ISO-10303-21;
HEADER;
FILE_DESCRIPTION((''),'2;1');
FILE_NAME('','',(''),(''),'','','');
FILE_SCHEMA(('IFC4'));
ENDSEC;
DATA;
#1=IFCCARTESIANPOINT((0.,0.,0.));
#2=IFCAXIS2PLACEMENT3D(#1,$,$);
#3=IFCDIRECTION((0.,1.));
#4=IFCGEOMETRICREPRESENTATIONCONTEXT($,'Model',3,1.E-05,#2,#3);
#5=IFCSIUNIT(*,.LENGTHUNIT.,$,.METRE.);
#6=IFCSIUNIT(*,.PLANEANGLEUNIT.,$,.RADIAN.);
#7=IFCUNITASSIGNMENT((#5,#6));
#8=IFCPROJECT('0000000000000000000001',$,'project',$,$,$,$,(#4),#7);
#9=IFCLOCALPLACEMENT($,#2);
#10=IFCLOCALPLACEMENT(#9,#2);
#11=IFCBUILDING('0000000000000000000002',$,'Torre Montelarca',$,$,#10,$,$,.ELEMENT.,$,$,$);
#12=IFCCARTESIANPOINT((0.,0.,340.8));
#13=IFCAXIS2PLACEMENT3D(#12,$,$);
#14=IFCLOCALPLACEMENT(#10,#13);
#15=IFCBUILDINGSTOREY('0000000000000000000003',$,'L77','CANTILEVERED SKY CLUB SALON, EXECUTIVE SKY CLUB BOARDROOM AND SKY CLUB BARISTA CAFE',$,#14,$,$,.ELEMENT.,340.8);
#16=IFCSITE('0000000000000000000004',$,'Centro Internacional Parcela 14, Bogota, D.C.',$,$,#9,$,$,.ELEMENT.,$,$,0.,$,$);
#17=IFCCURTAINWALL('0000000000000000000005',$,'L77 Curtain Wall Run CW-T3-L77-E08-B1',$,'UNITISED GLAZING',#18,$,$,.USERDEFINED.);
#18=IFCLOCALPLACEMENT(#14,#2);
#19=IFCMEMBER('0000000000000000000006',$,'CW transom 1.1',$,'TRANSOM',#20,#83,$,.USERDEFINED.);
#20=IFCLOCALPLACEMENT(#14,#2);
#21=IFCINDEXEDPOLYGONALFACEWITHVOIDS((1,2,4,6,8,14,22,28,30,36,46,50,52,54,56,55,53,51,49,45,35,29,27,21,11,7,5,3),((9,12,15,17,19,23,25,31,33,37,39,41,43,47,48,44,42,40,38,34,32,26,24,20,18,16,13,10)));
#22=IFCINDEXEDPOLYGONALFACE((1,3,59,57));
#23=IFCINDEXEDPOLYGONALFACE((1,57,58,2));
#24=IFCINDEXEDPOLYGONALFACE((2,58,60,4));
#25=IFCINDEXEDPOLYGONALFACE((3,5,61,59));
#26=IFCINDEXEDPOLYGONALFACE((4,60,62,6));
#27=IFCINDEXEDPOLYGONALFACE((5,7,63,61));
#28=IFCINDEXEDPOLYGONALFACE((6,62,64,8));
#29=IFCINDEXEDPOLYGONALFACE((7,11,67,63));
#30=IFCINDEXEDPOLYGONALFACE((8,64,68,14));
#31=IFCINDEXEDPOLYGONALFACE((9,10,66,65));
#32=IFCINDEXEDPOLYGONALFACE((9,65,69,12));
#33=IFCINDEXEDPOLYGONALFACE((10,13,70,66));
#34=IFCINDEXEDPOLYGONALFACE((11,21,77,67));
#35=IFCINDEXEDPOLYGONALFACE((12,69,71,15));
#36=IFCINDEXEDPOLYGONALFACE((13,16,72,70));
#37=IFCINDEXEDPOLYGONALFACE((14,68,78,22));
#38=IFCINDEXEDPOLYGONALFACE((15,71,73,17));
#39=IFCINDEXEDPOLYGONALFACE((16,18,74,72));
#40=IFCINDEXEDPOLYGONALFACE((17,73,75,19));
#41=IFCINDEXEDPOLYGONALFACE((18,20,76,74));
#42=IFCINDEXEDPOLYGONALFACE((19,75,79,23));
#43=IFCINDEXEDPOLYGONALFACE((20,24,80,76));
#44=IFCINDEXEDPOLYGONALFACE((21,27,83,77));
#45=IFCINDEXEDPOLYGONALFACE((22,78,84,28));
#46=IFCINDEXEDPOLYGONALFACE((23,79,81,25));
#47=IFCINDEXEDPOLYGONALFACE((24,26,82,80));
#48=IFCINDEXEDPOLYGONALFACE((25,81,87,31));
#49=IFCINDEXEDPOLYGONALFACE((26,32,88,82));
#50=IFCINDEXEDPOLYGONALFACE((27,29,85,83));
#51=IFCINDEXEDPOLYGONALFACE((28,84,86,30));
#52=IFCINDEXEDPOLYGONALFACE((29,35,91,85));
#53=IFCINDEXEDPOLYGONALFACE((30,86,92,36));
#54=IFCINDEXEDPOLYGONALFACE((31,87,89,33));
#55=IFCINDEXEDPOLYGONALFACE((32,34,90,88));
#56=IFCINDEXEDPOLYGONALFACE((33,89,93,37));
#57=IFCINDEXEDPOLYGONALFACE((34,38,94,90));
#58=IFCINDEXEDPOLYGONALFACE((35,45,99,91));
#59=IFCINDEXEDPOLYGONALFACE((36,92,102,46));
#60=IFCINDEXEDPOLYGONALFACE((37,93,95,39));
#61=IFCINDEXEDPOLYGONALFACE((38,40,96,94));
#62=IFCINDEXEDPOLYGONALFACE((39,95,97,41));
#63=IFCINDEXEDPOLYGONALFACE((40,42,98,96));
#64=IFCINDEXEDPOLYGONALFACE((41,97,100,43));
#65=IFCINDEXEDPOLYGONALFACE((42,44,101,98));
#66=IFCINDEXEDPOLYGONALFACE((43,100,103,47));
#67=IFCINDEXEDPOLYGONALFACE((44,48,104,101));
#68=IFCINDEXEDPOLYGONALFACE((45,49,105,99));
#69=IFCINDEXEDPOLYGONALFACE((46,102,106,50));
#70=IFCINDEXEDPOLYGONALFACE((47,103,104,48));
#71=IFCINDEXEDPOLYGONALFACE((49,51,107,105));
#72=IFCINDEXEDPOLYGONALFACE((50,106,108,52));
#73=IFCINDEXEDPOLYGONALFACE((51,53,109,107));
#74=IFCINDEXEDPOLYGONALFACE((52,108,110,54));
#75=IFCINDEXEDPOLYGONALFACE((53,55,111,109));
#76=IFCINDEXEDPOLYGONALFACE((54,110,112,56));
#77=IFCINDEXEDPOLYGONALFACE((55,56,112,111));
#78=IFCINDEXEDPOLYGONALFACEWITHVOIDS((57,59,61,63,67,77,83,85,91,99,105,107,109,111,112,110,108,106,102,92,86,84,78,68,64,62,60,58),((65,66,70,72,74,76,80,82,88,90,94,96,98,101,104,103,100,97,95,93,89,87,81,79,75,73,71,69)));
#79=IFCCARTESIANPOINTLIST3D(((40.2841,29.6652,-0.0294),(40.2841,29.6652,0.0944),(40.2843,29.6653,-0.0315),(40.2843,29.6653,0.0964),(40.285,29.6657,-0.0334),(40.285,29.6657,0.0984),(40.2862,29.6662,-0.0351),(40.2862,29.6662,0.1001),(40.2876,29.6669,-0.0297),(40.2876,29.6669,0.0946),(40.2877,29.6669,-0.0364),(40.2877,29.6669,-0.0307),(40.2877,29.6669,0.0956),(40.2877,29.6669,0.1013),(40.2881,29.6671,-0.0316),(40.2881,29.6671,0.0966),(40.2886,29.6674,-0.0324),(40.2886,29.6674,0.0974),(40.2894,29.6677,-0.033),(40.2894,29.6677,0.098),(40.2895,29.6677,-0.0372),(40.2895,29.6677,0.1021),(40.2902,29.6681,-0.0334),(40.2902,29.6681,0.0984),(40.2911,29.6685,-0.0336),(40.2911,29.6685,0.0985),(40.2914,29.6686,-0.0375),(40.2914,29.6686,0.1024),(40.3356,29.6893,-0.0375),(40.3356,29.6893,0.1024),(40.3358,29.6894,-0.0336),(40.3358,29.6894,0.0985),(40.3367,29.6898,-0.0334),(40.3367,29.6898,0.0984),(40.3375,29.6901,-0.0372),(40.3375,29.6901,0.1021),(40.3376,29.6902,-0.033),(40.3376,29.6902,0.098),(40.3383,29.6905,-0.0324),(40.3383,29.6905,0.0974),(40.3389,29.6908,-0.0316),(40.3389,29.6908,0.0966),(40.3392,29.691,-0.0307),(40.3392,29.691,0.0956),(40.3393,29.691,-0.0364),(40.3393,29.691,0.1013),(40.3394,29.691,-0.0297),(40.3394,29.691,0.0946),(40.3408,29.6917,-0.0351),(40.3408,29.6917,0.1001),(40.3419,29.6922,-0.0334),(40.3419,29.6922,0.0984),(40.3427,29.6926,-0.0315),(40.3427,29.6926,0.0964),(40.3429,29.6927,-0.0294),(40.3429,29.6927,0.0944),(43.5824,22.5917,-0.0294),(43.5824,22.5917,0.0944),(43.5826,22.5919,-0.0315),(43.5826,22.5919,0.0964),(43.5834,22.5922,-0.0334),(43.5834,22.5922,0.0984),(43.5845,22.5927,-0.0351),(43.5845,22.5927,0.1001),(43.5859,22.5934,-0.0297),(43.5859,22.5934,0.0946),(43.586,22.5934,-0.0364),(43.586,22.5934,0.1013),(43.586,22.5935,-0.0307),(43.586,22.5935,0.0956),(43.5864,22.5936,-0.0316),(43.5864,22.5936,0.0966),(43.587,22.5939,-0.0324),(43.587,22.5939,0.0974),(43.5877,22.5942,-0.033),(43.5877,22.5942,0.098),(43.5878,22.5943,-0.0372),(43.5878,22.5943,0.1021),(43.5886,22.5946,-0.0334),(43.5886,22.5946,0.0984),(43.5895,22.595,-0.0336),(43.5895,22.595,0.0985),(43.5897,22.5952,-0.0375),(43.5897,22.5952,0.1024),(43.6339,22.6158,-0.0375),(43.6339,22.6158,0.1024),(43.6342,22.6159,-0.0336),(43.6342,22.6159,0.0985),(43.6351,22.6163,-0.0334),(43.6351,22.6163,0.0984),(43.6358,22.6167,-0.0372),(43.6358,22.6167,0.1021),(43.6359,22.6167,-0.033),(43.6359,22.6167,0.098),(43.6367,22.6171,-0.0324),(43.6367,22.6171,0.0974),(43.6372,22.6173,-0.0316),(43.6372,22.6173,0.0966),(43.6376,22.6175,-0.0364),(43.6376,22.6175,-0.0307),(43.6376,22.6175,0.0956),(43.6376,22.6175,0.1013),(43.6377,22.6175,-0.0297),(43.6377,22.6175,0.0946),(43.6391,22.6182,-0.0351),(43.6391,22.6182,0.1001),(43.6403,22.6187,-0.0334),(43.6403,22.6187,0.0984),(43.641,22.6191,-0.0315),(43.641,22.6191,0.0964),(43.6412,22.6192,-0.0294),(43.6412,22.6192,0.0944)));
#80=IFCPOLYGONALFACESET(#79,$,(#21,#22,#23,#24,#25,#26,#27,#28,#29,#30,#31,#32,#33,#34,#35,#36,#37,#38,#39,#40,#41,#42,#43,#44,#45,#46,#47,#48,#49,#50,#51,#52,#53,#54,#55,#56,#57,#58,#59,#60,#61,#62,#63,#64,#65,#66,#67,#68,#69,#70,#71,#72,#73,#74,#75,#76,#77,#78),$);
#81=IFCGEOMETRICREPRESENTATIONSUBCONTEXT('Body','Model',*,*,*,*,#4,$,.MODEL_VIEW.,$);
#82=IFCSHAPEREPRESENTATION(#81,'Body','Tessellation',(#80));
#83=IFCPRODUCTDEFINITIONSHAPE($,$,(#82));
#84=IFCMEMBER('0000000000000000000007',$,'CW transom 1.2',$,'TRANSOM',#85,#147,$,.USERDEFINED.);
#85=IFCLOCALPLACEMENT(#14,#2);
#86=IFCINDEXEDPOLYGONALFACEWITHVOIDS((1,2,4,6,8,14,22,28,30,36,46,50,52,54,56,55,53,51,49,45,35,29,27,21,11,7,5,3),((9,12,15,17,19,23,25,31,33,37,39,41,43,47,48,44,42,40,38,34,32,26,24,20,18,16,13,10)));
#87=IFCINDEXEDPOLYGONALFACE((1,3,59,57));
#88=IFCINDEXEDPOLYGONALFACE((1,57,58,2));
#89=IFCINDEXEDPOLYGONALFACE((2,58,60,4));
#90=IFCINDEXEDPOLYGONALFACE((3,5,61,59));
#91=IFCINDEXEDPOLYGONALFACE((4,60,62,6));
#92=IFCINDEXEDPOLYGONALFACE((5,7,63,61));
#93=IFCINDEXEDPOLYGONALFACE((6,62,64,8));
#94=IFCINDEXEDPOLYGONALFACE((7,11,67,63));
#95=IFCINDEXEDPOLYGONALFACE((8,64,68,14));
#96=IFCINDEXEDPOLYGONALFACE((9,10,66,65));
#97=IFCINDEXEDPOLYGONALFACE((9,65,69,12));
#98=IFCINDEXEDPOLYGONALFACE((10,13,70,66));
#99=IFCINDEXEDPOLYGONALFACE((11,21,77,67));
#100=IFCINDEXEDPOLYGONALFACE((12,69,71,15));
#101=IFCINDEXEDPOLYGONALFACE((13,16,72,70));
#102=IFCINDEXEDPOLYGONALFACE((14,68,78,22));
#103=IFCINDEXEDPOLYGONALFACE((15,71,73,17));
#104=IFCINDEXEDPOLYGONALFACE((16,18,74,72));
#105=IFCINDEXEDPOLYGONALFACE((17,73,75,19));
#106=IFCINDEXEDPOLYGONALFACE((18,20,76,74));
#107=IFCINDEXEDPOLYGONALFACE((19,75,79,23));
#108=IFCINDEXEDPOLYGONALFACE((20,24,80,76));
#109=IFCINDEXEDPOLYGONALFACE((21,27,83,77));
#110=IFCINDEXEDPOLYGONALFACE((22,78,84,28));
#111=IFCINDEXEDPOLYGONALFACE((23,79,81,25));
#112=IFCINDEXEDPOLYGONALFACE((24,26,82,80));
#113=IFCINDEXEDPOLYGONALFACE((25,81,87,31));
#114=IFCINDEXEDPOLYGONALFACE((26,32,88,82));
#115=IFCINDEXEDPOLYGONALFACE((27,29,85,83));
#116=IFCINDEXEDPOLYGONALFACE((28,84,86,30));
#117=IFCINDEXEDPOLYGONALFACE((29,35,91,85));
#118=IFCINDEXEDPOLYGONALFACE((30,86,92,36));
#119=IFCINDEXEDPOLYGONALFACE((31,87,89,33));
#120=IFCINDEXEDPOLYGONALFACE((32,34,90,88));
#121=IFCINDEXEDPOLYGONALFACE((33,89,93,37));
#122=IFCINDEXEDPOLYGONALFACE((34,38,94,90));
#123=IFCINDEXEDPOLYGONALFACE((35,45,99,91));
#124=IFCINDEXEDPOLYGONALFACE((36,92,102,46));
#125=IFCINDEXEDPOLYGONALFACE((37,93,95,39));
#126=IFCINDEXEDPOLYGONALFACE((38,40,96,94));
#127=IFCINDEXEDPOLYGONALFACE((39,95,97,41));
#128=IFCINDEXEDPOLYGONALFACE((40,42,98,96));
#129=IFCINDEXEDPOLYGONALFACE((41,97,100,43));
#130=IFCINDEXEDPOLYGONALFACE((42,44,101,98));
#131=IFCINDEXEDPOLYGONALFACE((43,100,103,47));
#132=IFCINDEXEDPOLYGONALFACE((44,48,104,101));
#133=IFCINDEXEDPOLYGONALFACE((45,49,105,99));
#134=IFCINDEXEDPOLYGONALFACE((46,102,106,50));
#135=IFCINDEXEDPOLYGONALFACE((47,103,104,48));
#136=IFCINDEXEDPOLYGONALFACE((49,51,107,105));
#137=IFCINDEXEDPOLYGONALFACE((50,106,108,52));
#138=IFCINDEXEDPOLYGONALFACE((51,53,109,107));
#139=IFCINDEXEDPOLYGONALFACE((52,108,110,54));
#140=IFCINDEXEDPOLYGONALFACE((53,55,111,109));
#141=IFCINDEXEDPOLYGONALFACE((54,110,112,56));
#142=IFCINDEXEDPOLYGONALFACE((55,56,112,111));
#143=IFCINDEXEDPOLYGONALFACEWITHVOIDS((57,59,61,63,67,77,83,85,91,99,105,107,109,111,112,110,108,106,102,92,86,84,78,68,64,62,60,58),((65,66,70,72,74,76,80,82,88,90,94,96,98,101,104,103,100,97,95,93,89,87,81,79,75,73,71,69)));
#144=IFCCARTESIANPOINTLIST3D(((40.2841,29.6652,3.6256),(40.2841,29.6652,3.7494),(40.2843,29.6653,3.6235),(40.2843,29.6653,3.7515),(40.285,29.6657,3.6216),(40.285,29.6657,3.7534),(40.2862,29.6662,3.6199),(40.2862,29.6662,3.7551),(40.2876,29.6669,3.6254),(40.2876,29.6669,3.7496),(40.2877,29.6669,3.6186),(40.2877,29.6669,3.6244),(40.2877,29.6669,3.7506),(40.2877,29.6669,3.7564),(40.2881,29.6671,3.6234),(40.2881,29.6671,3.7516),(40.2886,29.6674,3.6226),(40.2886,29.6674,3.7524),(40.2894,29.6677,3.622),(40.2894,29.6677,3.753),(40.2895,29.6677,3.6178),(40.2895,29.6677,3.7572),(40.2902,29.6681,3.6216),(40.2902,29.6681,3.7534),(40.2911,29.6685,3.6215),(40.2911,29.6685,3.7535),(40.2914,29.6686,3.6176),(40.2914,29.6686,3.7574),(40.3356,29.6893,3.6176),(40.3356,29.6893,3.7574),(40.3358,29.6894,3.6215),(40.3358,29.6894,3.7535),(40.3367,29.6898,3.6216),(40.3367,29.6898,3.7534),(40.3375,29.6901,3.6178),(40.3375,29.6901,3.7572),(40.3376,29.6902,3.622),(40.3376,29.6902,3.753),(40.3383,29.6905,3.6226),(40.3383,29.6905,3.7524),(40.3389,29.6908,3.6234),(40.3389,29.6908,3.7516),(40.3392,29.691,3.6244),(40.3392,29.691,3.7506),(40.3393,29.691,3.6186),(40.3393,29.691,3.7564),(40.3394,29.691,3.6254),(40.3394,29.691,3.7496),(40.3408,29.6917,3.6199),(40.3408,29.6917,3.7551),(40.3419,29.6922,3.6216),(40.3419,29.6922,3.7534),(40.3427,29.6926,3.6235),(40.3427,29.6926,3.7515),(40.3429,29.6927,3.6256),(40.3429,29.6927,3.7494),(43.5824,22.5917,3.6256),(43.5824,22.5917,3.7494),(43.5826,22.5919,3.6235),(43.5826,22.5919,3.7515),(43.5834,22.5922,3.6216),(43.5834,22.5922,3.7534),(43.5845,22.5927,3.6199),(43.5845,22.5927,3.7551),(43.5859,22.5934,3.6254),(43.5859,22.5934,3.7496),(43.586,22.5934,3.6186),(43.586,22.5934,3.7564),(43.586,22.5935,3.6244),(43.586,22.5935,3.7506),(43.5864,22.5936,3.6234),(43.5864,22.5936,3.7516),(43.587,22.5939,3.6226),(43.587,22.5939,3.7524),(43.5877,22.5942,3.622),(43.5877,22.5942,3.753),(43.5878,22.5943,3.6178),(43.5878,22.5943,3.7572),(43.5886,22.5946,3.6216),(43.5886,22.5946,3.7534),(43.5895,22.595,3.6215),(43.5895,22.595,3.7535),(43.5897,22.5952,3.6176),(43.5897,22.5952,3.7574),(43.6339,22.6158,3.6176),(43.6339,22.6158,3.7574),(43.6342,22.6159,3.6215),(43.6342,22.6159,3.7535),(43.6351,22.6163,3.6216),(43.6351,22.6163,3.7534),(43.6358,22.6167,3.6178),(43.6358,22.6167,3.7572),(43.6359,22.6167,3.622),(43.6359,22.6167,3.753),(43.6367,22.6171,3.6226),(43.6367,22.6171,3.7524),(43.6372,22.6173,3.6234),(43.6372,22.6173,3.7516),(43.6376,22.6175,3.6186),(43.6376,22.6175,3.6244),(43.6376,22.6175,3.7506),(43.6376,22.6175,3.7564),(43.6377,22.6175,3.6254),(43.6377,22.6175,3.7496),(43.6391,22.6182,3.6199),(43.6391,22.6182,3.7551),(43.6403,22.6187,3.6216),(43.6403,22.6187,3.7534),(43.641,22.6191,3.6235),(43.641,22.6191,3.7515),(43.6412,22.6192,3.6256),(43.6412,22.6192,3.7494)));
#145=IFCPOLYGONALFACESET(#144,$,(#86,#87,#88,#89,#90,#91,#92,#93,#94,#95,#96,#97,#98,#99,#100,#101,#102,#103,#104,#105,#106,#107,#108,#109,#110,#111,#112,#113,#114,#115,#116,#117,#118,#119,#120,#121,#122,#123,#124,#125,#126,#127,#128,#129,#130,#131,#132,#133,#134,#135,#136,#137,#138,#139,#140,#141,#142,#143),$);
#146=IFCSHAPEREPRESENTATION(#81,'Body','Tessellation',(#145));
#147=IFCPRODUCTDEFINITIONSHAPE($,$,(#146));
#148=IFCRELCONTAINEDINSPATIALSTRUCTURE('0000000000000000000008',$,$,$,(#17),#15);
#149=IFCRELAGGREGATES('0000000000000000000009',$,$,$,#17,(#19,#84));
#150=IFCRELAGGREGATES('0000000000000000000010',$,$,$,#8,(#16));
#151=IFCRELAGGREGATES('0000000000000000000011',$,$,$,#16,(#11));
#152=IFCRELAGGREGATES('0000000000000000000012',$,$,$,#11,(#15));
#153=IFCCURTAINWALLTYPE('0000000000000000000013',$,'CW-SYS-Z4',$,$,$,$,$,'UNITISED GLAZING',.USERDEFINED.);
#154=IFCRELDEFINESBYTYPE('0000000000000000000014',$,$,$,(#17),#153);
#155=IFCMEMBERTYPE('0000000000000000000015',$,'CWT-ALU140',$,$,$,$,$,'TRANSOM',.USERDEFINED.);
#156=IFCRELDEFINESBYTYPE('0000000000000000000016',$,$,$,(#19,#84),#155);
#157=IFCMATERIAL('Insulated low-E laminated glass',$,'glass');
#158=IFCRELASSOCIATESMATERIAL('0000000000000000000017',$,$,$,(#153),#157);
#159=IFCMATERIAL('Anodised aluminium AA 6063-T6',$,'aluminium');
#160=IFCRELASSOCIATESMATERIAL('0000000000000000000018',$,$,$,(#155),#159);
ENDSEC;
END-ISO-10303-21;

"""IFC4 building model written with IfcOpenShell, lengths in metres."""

from ifc_helpers import new_model, si_unit, direction, frame, origin, origin_2d, place, context, subcontext, project, spatial, hollow_rectangle, extrude, source, transform, mapped, material, material_profile, profile_set, type_object, element, aggregate, save


model = new_model("IFC4")

# Units and contexts
model_context = context("Model", 3, precision=1e-05, world=origin(), true_north=direction((0.0, 1.0)))
body_context = subcontext(model_context, "Body", "Model", "MODEL_VIEW")
ifc_project = project(units=[si_unit("LENGTHUNIT", "METRE"), si_unit("PLANEANGLEUNIT", "RADIAN")], contexts=[model_context])

# Site, building, storey
site_placement = place(None, origin())
site = spatial("IfcSite", under=ifc_project, at=site_placement, Name="Centro Internacional Parcela 14, Bogota, D.C.", CompositionType="ELEMENT", RefElevation=0.0)
building_placement = place(site_placement, origin())
building = spatial("IfcBuilding", under=site, at=building_placement, Name="Torre Montelarca", CompositionType="ELEMENT")
storey_placement = place(building_placement, frame((0.0, 0.0, 340.8)))
storey = spatial("IfcBuildingStorey", under=building, at=storey_placement, Name="L77", Description="CANTILEVERED SKY CLUB SALON, EXECUTIVE SKY CLUB BOARDROOM AND SKY CLUB BARISTA CAFE", CompositionType="ELEMENT", Elevation=340.8)

# Curtain wall
ifc_material_1 = material(Name="Insulated low-E laminated glass", Category="glass")
curtain_wall_type = type_object("IfcCurtainWallType", Name="CW-SYS-Z4", ElementType="UNITISED GLAZING", PredefinedType="USERDEFINED", material=ifc_material_1)
ifc_material_2 = material(Name="Anodised aluminium AA 6063-T6", Category="aluminium")
curtain_wall_1_placement = place(storey_placement, origin())
curtain_wall_1 = element("IfcCurtainWall", 1, at=curtain_wall_1_placement, inside=storey, type_object=curtain_wall_type, Name="L77 Curtain Wall Run CW-T3-L77-E08-B1", ObjectType="UNITISED GLAZING", PredefinedType="USERDEFINED")

# Members
ifc_material_profile_1 = material_profile(ifc_material_2, hollow_rectangle(XDim=0.0649, YDim=0.1399, WallThickness=0.0039, InnerFilletRadius=0.0039, OuterFilletRadius=0.0081, at=origin_2d()), Name="ALU65X140X4", Category="aluminium")
ifc_profile_set_1 = profile_set([ifc_material_profile_1], Name="Anodised aluminium AA 6063-T6")
member_type_1 = type_object("IfcMemberType", Name="CWT-ALU140", ElementType="TRANSOM", PredefinedType="USERDEFINED", material=ifc_profile_set_1)
shared_shape_1 = source(origin(), body_context, "Body", "SweptSolid", [
    extrude(hollow_rectangle(XDim=0.0649, YDim=0.1399, WallThickness=0.0039, InnerFilletRadius=0.0039, OuterFilletRadius=0.0081, at=origin_2d()), origin(), (0.0, 0.0, 1.0), 7.8047),
])
member_1_placement = place(storey_placement, frame((43.6118, 22.6055, 0.0325), z_axis=(-0.42261, 0.906312, 0.0), x_axis=(-0.906312, -0.42261, 0.0)))
member_1 = element("IfcMember", 2, at=member_1_placement, type_object=member_type_1, Name="CW transom 1.1", ObjectType="TRANSOM", PredefinedType="USERDEFINED", context=body_context, shape_type="MappedRepresentation", body=[
    mapped(shared_shape_1, transform((0.0, 0.0, 0.0), scale=1.0)),
])
member_2_placement = place(storey_placement, frame((43.6118, 22.6055, 3.6875), z_axis=(-0.42261, 0.906312, 0.0), x_axis=(-0.906312, -0.42261, 0.0)))
member_2 = element("IfcMember", 3, at=member_2_placement, type_object=member_type_1, Name="CW transom 1.2", ObjectType="TRANSOM", PredefinedType="USERDEFINED", context=body_context, shape_type="MappedRepresentation", body=[
    mapped(shared_shape_1, transform((0.0, 0.0, 0.0), scale=1.0)),
])

aggregate(curtain_wall_1, [member_1, member_2])

save(model, "model.ifc")
